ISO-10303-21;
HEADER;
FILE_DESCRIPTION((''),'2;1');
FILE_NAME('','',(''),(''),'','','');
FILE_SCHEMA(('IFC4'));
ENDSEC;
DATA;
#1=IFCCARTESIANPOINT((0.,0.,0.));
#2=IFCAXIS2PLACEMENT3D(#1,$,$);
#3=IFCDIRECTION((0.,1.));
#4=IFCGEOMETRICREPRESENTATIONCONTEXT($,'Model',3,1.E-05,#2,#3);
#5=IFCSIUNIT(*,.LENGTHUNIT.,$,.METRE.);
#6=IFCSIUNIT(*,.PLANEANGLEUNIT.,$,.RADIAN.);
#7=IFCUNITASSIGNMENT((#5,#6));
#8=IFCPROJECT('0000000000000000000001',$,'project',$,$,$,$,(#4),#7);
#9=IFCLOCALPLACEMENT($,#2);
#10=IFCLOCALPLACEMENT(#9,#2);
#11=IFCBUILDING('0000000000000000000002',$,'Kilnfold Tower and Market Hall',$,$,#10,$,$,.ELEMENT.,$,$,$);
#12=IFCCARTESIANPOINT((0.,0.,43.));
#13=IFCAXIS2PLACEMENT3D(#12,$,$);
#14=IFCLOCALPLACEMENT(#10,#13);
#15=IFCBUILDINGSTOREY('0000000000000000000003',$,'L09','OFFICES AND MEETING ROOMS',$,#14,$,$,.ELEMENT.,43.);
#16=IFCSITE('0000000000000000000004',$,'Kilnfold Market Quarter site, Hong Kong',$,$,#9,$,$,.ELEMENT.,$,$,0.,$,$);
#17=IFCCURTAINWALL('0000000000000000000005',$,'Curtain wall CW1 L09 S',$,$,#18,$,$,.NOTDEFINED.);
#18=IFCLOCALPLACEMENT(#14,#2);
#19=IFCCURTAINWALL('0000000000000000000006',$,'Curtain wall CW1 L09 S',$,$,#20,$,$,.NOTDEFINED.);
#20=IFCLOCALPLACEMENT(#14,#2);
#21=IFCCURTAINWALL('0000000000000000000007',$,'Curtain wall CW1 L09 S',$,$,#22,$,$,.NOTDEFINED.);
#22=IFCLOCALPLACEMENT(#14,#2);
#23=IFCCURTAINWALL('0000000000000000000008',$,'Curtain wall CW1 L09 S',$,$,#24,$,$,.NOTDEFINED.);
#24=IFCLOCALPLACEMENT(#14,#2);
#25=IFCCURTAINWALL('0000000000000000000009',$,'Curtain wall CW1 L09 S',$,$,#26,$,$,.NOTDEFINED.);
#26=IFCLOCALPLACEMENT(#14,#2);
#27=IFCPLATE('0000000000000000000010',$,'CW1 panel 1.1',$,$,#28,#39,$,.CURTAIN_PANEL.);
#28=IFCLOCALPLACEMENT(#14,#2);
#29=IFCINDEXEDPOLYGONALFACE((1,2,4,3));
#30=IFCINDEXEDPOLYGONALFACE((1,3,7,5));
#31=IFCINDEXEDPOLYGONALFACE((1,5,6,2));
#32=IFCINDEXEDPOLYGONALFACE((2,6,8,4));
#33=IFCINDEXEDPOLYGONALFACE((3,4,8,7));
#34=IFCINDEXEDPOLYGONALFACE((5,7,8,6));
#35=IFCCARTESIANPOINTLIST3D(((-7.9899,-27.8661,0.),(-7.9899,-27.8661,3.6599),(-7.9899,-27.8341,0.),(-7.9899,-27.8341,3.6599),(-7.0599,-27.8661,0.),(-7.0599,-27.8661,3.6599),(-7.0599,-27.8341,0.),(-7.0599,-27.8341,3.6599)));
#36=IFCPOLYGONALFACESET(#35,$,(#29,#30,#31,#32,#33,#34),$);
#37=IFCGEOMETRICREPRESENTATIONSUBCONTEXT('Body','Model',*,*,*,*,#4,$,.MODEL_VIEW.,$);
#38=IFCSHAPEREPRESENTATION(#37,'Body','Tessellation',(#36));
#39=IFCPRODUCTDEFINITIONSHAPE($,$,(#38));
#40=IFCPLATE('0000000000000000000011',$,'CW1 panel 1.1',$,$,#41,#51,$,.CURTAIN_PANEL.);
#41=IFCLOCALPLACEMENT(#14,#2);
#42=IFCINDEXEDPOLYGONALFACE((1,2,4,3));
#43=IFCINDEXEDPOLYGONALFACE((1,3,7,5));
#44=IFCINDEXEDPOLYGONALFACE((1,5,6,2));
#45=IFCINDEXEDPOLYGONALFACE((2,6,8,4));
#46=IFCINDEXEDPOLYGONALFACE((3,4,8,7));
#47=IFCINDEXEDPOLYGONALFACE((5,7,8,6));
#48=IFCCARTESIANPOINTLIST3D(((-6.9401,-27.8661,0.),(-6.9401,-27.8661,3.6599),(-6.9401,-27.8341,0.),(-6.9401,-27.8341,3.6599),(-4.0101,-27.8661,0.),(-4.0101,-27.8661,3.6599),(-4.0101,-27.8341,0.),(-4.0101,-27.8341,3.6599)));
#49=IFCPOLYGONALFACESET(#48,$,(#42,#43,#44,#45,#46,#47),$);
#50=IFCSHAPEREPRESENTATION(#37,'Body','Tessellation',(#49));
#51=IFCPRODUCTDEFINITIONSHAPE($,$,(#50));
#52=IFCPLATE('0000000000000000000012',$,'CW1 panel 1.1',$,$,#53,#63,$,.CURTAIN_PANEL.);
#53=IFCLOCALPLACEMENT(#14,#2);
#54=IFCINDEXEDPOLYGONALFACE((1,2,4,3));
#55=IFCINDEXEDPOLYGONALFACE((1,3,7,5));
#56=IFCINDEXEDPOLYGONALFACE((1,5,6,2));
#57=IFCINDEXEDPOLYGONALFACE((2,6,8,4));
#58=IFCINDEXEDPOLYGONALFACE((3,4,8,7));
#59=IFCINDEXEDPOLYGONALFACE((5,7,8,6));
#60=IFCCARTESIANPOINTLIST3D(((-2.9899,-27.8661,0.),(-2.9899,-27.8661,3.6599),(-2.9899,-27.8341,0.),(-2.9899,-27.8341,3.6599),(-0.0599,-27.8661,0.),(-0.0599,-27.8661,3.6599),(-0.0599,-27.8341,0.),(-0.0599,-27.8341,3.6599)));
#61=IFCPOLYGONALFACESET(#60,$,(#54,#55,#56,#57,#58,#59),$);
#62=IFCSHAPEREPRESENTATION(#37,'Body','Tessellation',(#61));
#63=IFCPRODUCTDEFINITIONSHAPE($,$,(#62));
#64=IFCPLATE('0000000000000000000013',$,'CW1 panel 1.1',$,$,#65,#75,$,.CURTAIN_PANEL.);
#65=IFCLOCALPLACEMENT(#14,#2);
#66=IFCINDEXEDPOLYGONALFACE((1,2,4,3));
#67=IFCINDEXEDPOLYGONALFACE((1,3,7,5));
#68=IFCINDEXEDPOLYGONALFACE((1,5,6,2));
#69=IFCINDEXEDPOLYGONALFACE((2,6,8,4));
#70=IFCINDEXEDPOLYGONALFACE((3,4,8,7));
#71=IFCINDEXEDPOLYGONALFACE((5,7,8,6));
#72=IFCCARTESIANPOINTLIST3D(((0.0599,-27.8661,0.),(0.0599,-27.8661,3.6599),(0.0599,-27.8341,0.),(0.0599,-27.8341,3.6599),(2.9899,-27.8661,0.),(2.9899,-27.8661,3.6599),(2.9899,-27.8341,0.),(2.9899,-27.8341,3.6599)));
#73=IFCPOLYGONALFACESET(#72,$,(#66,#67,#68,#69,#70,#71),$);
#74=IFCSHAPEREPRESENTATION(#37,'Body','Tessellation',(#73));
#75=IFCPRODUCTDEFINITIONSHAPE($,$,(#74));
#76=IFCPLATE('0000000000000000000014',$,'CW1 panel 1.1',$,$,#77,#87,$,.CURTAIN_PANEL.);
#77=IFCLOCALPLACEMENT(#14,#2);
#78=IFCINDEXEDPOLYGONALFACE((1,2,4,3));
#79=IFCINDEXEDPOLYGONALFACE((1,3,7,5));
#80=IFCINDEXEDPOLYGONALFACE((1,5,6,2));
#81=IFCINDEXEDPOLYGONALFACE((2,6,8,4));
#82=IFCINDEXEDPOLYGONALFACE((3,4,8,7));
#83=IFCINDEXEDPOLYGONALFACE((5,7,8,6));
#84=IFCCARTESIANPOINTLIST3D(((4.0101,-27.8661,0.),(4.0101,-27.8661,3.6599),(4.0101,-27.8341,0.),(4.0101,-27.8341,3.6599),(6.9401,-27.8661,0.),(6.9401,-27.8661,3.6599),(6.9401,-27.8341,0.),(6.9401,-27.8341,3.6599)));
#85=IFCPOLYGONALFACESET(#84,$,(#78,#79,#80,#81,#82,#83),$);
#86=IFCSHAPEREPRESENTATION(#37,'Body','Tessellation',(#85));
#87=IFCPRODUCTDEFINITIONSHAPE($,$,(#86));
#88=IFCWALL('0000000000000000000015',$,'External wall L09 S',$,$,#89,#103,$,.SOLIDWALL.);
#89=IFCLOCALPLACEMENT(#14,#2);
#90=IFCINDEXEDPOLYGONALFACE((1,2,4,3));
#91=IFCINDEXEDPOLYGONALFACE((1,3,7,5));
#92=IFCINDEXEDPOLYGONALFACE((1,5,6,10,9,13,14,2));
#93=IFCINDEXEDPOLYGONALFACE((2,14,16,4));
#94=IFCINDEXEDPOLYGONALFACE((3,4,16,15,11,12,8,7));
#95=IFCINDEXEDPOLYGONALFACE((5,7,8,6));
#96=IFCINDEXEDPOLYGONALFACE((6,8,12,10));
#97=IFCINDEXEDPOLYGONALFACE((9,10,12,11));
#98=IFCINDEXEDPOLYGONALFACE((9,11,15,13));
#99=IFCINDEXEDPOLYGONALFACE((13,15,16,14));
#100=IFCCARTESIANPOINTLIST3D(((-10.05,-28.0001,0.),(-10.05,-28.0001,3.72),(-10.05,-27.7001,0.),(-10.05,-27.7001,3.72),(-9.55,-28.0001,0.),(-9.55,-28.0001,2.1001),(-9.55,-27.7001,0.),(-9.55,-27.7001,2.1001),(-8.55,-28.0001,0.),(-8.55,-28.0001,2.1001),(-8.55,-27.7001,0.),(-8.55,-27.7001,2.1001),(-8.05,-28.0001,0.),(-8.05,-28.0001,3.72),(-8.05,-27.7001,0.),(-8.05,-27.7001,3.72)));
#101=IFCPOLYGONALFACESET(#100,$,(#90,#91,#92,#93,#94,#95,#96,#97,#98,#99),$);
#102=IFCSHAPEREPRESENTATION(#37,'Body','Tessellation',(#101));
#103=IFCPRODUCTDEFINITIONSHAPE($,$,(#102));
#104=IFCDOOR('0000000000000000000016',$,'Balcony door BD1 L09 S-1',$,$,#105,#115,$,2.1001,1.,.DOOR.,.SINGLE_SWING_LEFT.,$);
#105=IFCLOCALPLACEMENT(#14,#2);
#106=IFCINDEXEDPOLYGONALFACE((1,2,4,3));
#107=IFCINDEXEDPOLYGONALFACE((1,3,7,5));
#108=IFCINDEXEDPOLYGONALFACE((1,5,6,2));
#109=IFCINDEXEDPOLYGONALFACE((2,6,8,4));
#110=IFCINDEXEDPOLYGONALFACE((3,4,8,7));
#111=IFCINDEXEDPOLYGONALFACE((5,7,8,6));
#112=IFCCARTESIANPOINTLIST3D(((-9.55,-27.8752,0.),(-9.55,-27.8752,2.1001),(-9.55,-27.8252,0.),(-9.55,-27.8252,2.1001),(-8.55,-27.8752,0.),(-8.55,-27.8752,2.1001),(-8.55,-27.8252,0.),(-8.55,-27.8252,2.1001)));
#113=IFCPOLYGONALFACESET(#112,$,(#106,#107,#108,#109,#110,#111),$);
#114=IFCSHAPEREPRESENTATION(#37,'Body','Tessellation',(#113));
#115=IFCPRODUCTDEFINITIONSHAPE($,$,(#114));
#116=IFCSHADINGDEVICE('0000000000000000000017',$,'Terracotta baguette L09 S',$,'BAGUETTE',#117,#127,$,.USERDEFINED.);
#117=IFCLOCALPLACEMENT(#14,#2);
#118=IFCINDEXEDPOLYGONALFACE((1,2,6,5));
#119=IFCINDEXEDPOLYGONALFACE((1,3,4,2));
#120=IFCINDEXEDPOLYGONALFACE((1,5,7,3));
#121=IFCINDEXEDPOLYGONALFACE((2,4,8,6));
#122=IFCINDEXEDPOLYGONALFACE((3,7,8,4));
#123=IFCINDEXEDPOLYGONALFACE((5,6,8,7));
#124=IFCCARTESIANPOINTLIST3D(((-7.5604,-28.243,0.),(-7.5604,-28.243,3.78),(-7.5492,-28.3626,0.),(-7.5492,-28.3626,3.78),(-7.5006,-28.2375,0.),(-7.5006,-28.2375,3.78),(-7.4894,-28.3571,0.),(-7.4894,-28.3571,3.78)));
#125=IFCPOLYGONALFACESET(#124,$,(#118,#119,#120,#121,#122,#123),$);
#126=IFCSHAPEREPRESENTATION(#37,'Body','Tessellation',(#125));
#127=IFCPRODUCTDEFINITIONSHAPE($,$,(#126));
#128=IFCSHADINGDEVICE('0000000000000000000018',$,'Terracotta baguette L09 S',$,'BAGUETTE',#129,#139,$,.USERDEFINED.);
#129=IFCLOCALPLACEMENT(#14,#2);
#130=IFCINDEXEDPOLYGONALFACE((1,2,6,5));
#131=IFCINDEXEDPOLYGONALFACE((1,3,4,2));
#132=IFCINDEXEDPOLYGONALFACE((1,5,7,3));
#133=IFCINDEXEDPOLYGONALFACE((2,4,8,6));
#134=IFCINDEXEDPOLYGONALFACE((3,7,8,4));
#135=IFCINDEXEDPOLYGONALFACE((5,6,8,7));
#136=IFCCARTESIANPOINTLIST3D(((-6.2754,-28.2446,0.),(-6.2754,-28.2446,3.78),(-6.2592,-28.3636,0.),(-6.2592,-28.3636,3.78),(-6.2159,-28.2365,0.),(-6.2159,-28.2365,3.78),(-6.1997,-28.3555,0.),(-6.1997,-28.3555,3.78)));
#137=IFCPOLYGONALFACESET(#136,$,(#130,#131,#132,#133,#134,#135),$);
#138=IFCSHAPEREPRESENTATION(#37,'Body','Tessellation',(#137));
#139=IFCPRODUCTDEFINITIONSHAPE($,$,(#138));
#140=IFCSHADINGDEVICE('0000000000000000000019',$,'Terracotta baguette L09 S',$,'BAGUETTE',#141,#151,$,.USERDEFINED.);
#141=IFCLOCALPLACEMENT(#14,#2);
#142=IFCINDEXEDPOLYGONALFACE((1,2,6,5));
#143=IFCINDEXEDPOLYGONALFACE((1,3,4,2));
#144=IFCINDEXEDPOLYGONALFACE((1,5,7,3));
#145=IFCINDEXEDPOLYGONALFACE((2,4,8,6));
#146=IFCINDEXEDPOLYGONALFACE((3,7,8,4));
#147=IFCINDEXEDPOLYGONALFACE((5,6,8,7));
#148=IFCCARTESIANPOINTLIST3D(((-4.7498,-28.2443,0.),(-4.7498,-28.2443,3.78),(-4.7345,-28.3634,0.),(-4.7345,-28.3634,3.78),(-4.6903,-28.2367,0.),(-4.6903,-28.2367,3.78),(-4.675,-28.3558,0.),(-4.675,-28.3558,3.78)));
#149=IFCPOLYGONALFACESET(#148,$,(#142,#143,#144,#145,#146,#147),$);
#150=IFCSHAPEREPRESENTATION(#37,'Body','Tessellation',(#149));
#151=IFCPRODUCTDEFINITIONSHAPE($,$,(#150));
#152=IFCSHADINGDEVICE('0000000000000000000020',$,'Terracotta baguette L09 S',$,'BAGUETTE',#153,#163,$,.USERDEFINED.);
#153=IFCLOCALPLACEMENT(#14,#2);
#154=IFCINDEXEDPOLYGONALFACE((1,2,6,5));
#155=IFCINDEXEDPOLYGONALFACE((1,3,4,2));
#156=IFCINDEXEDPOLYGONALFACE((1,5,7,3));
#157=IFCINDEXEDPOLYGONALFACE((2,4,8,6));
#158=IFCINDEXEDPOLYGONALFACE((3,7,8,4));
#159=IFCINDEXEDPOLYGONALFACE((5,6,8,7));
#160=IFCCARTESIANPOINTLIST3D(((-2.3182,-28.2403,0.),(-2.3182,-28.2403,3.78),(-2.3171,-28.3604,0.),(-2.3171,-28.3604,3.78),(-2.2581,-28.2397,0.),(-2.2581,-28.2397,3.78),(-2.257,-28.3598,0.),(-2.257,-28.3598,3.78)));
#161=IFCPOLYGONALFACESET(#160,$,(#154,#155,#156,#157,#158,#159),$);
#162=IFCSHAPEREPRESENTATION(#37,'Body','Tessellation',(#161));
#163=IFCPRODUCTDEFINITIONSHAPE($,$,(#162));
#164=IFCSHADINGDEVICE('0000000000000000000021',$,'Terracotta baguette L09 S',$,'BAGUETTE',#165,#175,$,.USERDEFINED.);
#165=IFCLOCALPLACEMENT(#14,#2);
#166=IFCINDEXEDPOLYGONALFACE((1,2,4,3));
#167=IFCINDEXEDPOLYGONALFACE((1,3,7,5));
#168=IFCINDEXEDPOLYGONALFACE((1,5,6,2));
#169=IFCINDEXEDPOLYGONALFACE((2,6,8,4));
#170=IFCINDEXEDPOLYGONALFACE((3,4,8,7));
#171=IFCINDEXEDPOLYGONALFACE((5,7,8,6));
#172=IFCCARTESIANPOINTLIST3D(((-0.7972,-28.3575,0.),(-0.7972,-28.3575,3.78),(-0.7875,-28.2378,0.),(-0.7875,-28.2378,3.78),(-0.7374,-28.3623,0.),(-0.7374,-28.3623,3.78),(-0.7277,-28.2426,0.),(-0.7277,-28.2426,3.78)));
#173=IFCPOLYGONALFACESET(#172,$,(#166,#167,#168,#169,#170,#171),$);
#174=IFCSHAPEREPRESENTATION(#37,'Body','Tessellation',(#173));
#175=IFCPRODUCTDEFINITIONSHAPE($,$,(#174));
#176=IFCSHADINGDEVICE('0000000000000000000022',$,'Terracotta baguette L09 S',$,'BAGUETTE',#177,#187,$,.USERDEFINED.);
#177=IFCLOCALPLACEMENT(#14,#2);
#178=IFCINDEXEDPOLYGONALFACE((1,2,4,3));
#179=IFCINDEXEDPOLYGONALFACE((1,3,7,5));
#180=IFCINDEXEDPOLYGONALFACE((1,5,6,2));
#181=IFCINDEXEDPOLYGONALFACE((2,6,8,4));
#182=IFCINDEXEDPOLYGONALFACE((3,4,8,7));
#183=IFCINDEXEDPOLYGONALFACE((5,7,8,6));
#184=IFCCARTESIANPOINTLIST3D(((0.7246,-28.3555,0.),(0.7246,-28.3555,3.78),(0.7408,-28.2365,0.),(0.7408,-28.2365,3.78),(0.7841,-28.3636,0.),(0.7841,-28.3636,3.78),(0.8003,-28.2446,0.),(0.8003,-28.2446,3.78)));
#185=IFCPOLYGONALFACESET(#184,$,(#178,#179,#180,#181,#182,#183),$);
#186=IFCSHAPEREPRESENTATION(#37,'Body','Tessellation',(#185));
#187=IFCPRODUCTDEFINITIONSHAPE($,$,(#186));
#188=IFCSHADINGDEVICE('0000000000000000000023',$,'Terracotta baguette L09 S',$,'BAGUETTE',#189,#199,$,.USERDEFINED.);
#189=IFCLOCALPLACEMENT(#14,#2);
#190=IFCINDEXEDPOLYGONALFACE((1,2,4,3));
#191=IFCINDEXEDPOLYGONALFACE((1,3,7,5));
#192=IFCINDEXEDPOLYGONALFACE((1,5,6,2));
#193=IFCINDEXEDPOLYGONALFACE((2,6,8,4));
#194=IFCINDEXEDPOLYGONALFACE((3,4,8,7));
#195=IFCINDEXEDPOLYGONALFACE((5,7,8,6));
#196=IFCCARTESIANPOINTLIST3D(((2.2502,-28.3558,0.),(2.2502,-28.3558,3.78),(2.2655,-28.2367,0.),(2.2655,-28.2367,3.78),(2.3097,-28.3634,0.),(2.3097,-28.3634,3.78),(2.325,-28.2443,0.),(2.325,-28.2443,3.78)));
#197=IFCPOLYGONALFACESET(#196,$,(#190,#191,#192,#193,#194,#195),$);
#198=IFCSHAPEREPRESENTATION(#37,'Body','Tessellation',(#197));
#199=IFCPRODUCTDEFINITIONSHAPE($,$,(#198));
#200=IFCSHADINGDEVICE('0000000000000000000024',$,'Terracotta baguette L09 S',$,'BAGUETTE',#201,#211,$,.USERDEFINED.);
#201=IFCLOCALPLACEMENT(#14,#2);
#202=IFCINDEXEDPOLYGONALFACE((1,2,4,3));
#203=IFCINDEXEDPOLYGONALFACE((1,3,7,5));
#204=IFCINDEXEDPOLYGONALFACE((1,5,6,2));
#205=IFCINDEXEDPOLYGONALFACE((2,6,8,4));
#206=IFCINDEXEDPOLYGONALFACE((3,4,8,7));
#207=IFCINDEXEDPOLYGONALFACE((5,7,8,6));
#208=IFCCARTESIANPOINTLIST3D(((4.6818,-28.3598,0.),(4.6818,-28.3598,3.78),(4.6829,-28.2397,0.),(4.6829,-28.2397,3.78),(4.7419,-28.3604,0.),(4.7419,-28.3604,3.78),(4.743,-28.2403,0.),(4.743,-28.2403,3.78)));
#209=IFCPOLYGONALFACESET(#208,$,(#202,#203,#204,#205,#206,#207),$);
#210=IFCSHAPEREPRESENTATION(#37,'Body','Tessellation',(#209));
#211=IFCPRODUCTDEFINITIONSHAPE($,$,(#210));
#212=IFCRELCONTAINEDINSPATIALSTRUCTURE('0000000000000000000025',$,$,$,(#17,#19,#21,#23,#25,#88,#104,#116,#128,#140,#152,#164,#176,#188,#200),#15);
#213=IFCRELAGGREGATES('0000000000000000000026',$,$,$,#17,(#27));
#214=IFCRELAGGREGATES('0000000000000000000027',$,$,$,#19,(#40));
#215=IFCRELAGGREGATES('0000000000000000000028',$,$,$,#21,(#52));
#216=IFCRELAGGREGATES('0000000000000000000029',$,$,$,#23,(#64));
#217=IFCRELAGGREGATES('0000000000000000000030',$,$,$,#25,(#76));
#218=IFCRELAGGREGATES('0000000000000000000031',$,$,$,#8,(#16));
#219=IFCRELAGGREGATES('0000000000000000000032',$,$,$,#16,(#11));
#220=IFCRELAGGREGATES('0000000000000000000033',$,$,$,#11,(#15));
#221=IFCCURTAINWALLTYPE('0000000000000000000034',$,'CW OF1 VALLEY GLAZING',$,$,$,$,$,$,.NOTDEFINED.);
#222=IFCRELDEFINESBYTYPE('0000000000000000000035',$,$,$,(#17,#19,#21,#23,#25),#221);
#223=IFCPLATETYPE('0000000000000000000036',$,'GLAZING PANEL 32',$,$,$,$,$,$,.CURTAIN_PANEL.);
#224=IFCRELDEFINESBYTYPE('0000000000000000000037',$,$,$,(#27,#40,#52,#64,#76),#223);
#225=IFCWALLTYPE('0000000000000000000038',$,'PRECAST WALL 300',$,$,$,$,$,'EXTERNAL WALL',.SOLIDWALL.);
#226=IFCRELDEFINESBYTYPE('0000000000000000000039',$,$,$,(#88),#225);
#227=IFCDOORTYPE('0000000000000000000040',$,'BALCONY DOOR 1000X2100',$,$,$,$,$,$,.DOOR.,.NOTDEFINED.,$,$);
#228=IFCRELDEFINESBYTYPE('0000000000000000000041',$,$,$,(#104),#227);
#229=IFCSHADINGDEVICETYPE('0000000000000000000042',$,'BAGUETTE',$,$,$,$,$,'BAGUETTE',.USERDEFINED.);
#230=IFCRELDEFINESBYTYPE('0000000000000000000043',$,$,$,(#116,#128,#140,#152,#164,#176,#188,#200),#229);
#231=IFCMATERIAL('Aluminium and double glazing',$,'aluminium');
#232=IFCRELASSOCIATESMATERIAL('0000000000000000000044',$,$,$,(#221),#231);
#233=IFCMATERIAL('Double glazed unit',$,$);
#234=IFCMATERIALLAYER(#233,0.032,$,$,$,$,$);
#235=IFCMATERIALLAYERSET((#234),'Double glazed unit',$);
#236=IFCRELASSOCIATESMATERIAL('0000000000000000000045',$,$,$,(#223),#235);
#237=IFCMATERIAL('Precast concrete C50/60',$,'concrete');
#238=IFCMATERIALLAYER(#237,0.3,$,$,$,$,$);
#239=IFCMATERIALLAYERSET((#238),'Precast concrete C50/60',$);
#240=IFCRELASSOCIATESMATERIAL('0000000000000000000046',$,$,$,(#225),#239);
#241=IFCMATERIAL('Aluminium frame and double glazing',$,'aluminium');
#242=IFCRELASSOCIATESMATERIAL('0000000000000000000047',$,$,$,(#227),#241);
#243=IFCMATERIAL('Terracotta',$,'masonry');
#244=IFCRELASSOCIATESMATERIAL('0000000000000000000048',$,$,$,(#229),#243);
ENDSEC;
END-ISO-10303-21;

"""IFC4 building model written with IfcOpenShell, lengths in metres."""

from ifc_helpers import new_model, si_unit, direction, frame, frame_2d, origin, origin_2d, place, context, subcontext, project, spatial, rectangle, extrude, source, transform, mapped, material, layer, layer_set, material_profile, profile_set, type_object, element, fill, aggregate, save


model = new_model("IFC4")

# Units and contexts
model_context = context("Model", 3, precision=1e-05, world=origin(), true_north=direction((0.0, 1.0)))
body_context = subcontext(model_context, "Body", "Model", "MODEL_VIEW")
ifc_project = project(units=[si_unit("LENGTHUNIT", "METRE"), si_unit("PLANEANGLEUNIT", "RADIAN")], contexts=[model_context])

# Site, building, storey
site_placement = place(None, origin())
site = spatial("IfcSite", under=ifc_project, at=site_placement, Name="Kilnfold Market Quarter site, Hong Kong", CompositionType="ELEMENT", RefElevation=0.0)
building_placement = place(site_placement, origin())
building = spatial("IfcBuilding", under=site, at=building_placement, Name="Kilnfold Tower and Market Hall", CompositionType="ELEMENT")
storey_placement = place(building_placement, frame((0.0, 0.0, 43.0)))
storey = spatial("IfcBuildingStorey", under=building, at=storey_placement, Name="L09", Description="OFFICES AND MEETING ROOMS", CompositionType="ELEMENT", Elevation=43.0)

# Curtain walls
ifc_material_1 = material(Name="Aluminium and double glazing", Category="aluminium")
curtain_wall_type = type_object("IfcCurtainWallType", Name="CW OF1 VALLEY GLAZING", PredefinedType="NOTDEFINED", material=ifc_material_1)
curtain_wall_1_placement = place(storey_placement, origin())
curtain_wall_1 = element("IfcCurtainWall", 1, at=curtain_wall_1_placement, inside=storey, type_object=curtain_wall_type, Name="Curtain wall CW1 L09 S", PredefinedType="NOTDEFINED")
curtain_wall_2_placement = place(storey_placement, origin())
curtain_wall_2 = element("IfcCurtainWall", 2, at=curtain_wall_2_placement, inside=storey, type_object=curtain_wall_type, Name="Curtain wall CW1 L09 S", PredefinedType="NOTDEFINED")
curtain_wall_3_placement = place(storey_placement, origin())
curtain_wall_3 = element("IfcCurtainWall", 3, at=curtain_wall_3_placement, inside=storey, type_object=curtain_wall_type, Name="Curtain wall CW1 L09 S", PredefinedType="NOTDEFINED")
curtain_wall_4_placement = place(storey_placement, origin())
curtain_wall_4 = element("IfcCurtainWall", 4, at=curtain_wall_4_placement, inside=storey, type_object=curtain_wall_type, Name="Curtain wall CW1 L09 S", PredefinedType="NOTDEFINED")

# Curtain wall
curtain_wall_5_placement = place(storey_placement, origin())
curtain_wall_5 = element("IfcCurtainWall", 5, at=curtain_wall_5_placement, inside=storey, type_object=curtain_wall_type, Name="Curtain wall CW1 L09 S", PredefinedType="NOTDEFINED")

# Plates
ifc_material_2 = material(Name="Double glazed unit")
ifc_layer_1 = layer(ifc_material_2, 0.032)
ifc_layer_set_1 = layer_set([ifc_layer_1], Name="Double glazed unit")
plate_type = type_object("IfcPlateType", Name="GLAZING PANEL 32", PredefinedType="CURTAIN_PANEL", material=ifc_layer_set_1)
shared_shape_1 = source(origin(), body_context, "Body", "SweptSolid", [
    extrude(rectangle(XDim=0.9299, YDim=0.032, at=origin_2d()), origin(), (0.0, 0.0, 1.0), 3.6599),
])
plate_1_placement = place(storey_placement, frame((-7.5249, -27.8501, 0.0), z_axis=(0.0, 0.0, 1.0), x_axis=(1.0, 0.0, 0.0)))
plate_1 = element("IfcPlate", 6, at=plate_1_placement, type_object=plate_type, Name="CW1 panel 1.1", PredefinedType="CURTAIN_PANEL", context=body_context, shape_type="MappedRepresentation", body=[
    mapped(shared_shape_1, transform((0.0, 0.0, 0.0))),
])
aggregate(curtain_wall_1, [plate_1])
shared_shape_2 = source(origin(), body_context, "Body", "SweptSolid", [
    extrude(rectangle(XDim=2.9299, YDim=0.032, at=origin_2d()), origin(), (0.0, 0.0, 1.0), 3.6599),
])
plate_2_placement = place(storey_placement, frame((-5.4751, -27.8501, 0.0), z_axis=(0.0, 0.0, 1.0), x_axis=(1.0, 0.0, 0.0)))
plate_2 = element("IfcPlate", 7, at=plate_2_placement, type_object=plate_type, Name="CW1 panel 1.1", PredefinedType="CURTAIN_PANEL", context=body_context, shape_type="MappedRepresentation", body=[
    mapped(shared_shape_2, transform((0.0, 0.0, 0.0))),
])
aggregate(curtain_wall_2, [plate_2])
plate_3_placement = place(storey_placement, frame((-1.5249, -27.8501, 0.0), z_axis=(0.0, 0.0, 1.0), x_axis=(1.0, 0.0, 0.0)))
plate_3 = element("IfcPlate", 8, at=plate_3_placement, type_object=plate_type, Name="CW1 panel 1.1", PredefinedType="CURTAIN_PANEL", context=body_context, shape_type="MappedRepresentation", body=[
    mapped(shared_shape_2, transform((0.0, 0.0, 0.0))),
])
aggregate(curtain_wall_3, [plate_3])
plate_4_placement = place(storey_placement, frame((1.5249, -27.8501, 0.0), z_axis=(0.0, 0.0, 1.0), x_axis=(1.0, 0.0, 0.0)))
plate_4 = element("IfcPlate", 9, at=plate_4_placement, type_object=plate_type, Name="CW1 panel 1.1", PredefinedType="CURTAIN_PANEL", context=body_context, shape_type="MappedRepresentation", body=[
    mapped(shared_shape_2, transform((0.0, 0.0, 0.0))),
])
aggregate(curtain_wall_4, [plate_4])
plate_5_placement = place(storey_placement, frame((5.4751, -27.8501, 0.0), z_axis=(0.0, 0.0, 1.0), x_axis=(1.0, 0.0, 0.0)))
plate_5 = element("IfcPlate", 10, at=plate_5_placement, type_object=plate_type, Name="CW1 panel 1.1", PredefinedType="CURTAIN_PANEL", context=body_context, shape_type="MappedRepresentation", body=[
    mapped(shared_shape_2, transform((0.0, 0.0, 0.0))),
])
aggregate(curtain_wall_5, [plate_5])

# Wall, opening, door
ifc_material_3 = material(Name="Precast concrete C50/60", Category="concrete")
ifc_layer_2 = layer(ifc_material_3, 0.3)
ifc_layer_set_2 = layer_set([ifc_layer_2], Name="Precast concrete C50/60")
wall_type = type_object("IfcWallType", Name="PRECAST WALL 300", ElementType="EXTERNAL WALL", PredefinedType="SOLIDWALL", material=ifc_layer_set_2)
shared_shape_3 = source(origin(), body_context, "Body", "SweptSolid", [
    extrude(rectangle(XDim=2.0, YDim=0.3, at=frame_2d((1.0, 0.0))), origin(), (0.0, 0.0, 1.0), 3.72),
])
wall_placement = place(storey_placement, frame((-10.05, -27.8501, 0.0), z_axis=(0.0, 0.0, 1.0), x_axis=(1.0, 0.0, 0.0)))
wall = element("IfcWall", 11, at=wall_placement, inside=storey, type_object=wall_type, Name="External wall L09 S", PredefinedType="SOLIDWALL", context=body_context, shape_type="MappedRepresentation", body=[
    mapped(shared_shape_3, transform((0.0, 0.0, 0.0))),
])
opening_placement = place(wall_placement, frame((0.5, 0.0, 0.0)))
opening = element("IfcOpeningElement", 12, at=opening_placement, cuts=wall, PredefinedType="OPENING", context=body_context, shape_type="SweptSolid", body=[
    extrude(rectangle(XDim=1.0, YDim=2.1001, at=frame_2d((0.5, 1.05))), frame((0.0, 0.1602, 0.0), z_axis=(0.0, -1.0, 0.0), x_axis=(1.0, 0.0, 0.0)), (0.0, 0.0, 1.0), 0.3201),
])
ifc_material_4 = material(Name="Aluminium frame and double glazing", Category="aluminium")
door_type = type_object("IfcDoorType", Name="BALCONY DOOR 1000X2100", OperationType="NOTDEFINED", PredefinedType="DOOR", material=ifc_material_4)
door_placement = place(opening_placement, origin())
door = element("IfcDoor", 13, at=door_placement, inside=storey, type_object=door_type, Name="Balcony door BD1 L09 S-1", OperationType="SINGLE_SWING_LEFT", OverallHeight=2.1001, OverallWidth=1.0, PredefinedType="DOOR", context=body_context, shape_type="SweptSolid", body=[
    extrude(rectangle(XDim=1.0, YDim=2.1001, at=frame_2d((0.5, 1.05))), frame((0.0, 0.0249, 0.0), z_axis=(0.0, -1.0, 0.0), x_axis=(1.0, 0.0, 0.0)), (0.0, 0.0, 1.0), 0.05),
])
fill(opening, door)

# Shading devices
ifc_material_5 = material(Name="Terracotta", Category="masonry")
ifc_material_profile_1 = material_profile(ifc_material_5, rectangle(XDim=0.0601, YDim=0.1201, at=origin_2d()), Name="BAG 60x120")
ifc_profile_set_1 = profile_set([ifc_material_profile_1], Name="Terracotta")
shading_device_type = type_object("IfcShadingDeviceType", Name="BAGUETTE", ElementType="BAGUETTE", PredefinedType="USERDEFINED", material=ifc_profile_set_1)
shared_shape_4 = source(origin(), body_context, "Body", "SweptSolid", [
    extrude(rectangle(XDim=0.0601, YDim=0.1201, at=origin_2d()), origin(), (0.0, 0.0, 1.0), 3.78),
])
for number, where, z_axis, x_axis, name in (
    (14, (-7.5249, -28.3, 0.0), (0.0, 0.0, 1.0), (0.99571, 0.092532, 0.0), "Terracotta baguette L09 S"),
    (15, (-6.2375, -28.3, 0.0), (0.0, 0.0, 1.0), (0.990946, 0.134263, 0.0), "Terracotta baguette L09 S"),
    (16, (-4.7124, -28.3, 0.0), (0.0, 0.0, 1.0), (0.991863, 0.127307, 0.0), "Terracotta baguette L09 S"),
    (17, (-2.2876, -28.3, 0.0), (0.0, 0.0, 1.0), (0.999958, 0.00911, 0.0), "Terracotta baguette L09 S"),
    (18, (-0.7625, -28.3, 0.0), (0.0, 0.0, 1.0), (0.996719, -0.080938, 0.0), "Terracotta baguette L09 S"),
    (19, (0.7625, -28.3, 0.0), (0.0, 0.0, 1.0), (0.990946, -0.134263, 0.0), "Terracotta baguette L09 S"),
    (20, (2.2876, -28.3, 0.0), (0.0, 0.0, 1.0), (0.991863, -0.127307, 0.0), "Terracotta baguette L09 S"),
    (21, (4.7124, -28.3, 0.0), (0.0, 0.0, 1.0), (0.999958, -0.00911, 0.0), "Terracotta baguette L09 S"),
):
    element("IfcShadingDevice", number, at=place(storey_placement, frame(where, z_axis=z_axis, x_axis=x_axis)), inside=storey, type_object=shading_device_type, Name=name, ObjectType="BAGUETTE", PredefinedType="USERDEFINED", context=body_context, shape_type="MappedRepresentation", body=[
        mapped(shared_shape_4, transform((0.0, 0.0, 0.0))),
    ])

save(model, "model.ifc")
